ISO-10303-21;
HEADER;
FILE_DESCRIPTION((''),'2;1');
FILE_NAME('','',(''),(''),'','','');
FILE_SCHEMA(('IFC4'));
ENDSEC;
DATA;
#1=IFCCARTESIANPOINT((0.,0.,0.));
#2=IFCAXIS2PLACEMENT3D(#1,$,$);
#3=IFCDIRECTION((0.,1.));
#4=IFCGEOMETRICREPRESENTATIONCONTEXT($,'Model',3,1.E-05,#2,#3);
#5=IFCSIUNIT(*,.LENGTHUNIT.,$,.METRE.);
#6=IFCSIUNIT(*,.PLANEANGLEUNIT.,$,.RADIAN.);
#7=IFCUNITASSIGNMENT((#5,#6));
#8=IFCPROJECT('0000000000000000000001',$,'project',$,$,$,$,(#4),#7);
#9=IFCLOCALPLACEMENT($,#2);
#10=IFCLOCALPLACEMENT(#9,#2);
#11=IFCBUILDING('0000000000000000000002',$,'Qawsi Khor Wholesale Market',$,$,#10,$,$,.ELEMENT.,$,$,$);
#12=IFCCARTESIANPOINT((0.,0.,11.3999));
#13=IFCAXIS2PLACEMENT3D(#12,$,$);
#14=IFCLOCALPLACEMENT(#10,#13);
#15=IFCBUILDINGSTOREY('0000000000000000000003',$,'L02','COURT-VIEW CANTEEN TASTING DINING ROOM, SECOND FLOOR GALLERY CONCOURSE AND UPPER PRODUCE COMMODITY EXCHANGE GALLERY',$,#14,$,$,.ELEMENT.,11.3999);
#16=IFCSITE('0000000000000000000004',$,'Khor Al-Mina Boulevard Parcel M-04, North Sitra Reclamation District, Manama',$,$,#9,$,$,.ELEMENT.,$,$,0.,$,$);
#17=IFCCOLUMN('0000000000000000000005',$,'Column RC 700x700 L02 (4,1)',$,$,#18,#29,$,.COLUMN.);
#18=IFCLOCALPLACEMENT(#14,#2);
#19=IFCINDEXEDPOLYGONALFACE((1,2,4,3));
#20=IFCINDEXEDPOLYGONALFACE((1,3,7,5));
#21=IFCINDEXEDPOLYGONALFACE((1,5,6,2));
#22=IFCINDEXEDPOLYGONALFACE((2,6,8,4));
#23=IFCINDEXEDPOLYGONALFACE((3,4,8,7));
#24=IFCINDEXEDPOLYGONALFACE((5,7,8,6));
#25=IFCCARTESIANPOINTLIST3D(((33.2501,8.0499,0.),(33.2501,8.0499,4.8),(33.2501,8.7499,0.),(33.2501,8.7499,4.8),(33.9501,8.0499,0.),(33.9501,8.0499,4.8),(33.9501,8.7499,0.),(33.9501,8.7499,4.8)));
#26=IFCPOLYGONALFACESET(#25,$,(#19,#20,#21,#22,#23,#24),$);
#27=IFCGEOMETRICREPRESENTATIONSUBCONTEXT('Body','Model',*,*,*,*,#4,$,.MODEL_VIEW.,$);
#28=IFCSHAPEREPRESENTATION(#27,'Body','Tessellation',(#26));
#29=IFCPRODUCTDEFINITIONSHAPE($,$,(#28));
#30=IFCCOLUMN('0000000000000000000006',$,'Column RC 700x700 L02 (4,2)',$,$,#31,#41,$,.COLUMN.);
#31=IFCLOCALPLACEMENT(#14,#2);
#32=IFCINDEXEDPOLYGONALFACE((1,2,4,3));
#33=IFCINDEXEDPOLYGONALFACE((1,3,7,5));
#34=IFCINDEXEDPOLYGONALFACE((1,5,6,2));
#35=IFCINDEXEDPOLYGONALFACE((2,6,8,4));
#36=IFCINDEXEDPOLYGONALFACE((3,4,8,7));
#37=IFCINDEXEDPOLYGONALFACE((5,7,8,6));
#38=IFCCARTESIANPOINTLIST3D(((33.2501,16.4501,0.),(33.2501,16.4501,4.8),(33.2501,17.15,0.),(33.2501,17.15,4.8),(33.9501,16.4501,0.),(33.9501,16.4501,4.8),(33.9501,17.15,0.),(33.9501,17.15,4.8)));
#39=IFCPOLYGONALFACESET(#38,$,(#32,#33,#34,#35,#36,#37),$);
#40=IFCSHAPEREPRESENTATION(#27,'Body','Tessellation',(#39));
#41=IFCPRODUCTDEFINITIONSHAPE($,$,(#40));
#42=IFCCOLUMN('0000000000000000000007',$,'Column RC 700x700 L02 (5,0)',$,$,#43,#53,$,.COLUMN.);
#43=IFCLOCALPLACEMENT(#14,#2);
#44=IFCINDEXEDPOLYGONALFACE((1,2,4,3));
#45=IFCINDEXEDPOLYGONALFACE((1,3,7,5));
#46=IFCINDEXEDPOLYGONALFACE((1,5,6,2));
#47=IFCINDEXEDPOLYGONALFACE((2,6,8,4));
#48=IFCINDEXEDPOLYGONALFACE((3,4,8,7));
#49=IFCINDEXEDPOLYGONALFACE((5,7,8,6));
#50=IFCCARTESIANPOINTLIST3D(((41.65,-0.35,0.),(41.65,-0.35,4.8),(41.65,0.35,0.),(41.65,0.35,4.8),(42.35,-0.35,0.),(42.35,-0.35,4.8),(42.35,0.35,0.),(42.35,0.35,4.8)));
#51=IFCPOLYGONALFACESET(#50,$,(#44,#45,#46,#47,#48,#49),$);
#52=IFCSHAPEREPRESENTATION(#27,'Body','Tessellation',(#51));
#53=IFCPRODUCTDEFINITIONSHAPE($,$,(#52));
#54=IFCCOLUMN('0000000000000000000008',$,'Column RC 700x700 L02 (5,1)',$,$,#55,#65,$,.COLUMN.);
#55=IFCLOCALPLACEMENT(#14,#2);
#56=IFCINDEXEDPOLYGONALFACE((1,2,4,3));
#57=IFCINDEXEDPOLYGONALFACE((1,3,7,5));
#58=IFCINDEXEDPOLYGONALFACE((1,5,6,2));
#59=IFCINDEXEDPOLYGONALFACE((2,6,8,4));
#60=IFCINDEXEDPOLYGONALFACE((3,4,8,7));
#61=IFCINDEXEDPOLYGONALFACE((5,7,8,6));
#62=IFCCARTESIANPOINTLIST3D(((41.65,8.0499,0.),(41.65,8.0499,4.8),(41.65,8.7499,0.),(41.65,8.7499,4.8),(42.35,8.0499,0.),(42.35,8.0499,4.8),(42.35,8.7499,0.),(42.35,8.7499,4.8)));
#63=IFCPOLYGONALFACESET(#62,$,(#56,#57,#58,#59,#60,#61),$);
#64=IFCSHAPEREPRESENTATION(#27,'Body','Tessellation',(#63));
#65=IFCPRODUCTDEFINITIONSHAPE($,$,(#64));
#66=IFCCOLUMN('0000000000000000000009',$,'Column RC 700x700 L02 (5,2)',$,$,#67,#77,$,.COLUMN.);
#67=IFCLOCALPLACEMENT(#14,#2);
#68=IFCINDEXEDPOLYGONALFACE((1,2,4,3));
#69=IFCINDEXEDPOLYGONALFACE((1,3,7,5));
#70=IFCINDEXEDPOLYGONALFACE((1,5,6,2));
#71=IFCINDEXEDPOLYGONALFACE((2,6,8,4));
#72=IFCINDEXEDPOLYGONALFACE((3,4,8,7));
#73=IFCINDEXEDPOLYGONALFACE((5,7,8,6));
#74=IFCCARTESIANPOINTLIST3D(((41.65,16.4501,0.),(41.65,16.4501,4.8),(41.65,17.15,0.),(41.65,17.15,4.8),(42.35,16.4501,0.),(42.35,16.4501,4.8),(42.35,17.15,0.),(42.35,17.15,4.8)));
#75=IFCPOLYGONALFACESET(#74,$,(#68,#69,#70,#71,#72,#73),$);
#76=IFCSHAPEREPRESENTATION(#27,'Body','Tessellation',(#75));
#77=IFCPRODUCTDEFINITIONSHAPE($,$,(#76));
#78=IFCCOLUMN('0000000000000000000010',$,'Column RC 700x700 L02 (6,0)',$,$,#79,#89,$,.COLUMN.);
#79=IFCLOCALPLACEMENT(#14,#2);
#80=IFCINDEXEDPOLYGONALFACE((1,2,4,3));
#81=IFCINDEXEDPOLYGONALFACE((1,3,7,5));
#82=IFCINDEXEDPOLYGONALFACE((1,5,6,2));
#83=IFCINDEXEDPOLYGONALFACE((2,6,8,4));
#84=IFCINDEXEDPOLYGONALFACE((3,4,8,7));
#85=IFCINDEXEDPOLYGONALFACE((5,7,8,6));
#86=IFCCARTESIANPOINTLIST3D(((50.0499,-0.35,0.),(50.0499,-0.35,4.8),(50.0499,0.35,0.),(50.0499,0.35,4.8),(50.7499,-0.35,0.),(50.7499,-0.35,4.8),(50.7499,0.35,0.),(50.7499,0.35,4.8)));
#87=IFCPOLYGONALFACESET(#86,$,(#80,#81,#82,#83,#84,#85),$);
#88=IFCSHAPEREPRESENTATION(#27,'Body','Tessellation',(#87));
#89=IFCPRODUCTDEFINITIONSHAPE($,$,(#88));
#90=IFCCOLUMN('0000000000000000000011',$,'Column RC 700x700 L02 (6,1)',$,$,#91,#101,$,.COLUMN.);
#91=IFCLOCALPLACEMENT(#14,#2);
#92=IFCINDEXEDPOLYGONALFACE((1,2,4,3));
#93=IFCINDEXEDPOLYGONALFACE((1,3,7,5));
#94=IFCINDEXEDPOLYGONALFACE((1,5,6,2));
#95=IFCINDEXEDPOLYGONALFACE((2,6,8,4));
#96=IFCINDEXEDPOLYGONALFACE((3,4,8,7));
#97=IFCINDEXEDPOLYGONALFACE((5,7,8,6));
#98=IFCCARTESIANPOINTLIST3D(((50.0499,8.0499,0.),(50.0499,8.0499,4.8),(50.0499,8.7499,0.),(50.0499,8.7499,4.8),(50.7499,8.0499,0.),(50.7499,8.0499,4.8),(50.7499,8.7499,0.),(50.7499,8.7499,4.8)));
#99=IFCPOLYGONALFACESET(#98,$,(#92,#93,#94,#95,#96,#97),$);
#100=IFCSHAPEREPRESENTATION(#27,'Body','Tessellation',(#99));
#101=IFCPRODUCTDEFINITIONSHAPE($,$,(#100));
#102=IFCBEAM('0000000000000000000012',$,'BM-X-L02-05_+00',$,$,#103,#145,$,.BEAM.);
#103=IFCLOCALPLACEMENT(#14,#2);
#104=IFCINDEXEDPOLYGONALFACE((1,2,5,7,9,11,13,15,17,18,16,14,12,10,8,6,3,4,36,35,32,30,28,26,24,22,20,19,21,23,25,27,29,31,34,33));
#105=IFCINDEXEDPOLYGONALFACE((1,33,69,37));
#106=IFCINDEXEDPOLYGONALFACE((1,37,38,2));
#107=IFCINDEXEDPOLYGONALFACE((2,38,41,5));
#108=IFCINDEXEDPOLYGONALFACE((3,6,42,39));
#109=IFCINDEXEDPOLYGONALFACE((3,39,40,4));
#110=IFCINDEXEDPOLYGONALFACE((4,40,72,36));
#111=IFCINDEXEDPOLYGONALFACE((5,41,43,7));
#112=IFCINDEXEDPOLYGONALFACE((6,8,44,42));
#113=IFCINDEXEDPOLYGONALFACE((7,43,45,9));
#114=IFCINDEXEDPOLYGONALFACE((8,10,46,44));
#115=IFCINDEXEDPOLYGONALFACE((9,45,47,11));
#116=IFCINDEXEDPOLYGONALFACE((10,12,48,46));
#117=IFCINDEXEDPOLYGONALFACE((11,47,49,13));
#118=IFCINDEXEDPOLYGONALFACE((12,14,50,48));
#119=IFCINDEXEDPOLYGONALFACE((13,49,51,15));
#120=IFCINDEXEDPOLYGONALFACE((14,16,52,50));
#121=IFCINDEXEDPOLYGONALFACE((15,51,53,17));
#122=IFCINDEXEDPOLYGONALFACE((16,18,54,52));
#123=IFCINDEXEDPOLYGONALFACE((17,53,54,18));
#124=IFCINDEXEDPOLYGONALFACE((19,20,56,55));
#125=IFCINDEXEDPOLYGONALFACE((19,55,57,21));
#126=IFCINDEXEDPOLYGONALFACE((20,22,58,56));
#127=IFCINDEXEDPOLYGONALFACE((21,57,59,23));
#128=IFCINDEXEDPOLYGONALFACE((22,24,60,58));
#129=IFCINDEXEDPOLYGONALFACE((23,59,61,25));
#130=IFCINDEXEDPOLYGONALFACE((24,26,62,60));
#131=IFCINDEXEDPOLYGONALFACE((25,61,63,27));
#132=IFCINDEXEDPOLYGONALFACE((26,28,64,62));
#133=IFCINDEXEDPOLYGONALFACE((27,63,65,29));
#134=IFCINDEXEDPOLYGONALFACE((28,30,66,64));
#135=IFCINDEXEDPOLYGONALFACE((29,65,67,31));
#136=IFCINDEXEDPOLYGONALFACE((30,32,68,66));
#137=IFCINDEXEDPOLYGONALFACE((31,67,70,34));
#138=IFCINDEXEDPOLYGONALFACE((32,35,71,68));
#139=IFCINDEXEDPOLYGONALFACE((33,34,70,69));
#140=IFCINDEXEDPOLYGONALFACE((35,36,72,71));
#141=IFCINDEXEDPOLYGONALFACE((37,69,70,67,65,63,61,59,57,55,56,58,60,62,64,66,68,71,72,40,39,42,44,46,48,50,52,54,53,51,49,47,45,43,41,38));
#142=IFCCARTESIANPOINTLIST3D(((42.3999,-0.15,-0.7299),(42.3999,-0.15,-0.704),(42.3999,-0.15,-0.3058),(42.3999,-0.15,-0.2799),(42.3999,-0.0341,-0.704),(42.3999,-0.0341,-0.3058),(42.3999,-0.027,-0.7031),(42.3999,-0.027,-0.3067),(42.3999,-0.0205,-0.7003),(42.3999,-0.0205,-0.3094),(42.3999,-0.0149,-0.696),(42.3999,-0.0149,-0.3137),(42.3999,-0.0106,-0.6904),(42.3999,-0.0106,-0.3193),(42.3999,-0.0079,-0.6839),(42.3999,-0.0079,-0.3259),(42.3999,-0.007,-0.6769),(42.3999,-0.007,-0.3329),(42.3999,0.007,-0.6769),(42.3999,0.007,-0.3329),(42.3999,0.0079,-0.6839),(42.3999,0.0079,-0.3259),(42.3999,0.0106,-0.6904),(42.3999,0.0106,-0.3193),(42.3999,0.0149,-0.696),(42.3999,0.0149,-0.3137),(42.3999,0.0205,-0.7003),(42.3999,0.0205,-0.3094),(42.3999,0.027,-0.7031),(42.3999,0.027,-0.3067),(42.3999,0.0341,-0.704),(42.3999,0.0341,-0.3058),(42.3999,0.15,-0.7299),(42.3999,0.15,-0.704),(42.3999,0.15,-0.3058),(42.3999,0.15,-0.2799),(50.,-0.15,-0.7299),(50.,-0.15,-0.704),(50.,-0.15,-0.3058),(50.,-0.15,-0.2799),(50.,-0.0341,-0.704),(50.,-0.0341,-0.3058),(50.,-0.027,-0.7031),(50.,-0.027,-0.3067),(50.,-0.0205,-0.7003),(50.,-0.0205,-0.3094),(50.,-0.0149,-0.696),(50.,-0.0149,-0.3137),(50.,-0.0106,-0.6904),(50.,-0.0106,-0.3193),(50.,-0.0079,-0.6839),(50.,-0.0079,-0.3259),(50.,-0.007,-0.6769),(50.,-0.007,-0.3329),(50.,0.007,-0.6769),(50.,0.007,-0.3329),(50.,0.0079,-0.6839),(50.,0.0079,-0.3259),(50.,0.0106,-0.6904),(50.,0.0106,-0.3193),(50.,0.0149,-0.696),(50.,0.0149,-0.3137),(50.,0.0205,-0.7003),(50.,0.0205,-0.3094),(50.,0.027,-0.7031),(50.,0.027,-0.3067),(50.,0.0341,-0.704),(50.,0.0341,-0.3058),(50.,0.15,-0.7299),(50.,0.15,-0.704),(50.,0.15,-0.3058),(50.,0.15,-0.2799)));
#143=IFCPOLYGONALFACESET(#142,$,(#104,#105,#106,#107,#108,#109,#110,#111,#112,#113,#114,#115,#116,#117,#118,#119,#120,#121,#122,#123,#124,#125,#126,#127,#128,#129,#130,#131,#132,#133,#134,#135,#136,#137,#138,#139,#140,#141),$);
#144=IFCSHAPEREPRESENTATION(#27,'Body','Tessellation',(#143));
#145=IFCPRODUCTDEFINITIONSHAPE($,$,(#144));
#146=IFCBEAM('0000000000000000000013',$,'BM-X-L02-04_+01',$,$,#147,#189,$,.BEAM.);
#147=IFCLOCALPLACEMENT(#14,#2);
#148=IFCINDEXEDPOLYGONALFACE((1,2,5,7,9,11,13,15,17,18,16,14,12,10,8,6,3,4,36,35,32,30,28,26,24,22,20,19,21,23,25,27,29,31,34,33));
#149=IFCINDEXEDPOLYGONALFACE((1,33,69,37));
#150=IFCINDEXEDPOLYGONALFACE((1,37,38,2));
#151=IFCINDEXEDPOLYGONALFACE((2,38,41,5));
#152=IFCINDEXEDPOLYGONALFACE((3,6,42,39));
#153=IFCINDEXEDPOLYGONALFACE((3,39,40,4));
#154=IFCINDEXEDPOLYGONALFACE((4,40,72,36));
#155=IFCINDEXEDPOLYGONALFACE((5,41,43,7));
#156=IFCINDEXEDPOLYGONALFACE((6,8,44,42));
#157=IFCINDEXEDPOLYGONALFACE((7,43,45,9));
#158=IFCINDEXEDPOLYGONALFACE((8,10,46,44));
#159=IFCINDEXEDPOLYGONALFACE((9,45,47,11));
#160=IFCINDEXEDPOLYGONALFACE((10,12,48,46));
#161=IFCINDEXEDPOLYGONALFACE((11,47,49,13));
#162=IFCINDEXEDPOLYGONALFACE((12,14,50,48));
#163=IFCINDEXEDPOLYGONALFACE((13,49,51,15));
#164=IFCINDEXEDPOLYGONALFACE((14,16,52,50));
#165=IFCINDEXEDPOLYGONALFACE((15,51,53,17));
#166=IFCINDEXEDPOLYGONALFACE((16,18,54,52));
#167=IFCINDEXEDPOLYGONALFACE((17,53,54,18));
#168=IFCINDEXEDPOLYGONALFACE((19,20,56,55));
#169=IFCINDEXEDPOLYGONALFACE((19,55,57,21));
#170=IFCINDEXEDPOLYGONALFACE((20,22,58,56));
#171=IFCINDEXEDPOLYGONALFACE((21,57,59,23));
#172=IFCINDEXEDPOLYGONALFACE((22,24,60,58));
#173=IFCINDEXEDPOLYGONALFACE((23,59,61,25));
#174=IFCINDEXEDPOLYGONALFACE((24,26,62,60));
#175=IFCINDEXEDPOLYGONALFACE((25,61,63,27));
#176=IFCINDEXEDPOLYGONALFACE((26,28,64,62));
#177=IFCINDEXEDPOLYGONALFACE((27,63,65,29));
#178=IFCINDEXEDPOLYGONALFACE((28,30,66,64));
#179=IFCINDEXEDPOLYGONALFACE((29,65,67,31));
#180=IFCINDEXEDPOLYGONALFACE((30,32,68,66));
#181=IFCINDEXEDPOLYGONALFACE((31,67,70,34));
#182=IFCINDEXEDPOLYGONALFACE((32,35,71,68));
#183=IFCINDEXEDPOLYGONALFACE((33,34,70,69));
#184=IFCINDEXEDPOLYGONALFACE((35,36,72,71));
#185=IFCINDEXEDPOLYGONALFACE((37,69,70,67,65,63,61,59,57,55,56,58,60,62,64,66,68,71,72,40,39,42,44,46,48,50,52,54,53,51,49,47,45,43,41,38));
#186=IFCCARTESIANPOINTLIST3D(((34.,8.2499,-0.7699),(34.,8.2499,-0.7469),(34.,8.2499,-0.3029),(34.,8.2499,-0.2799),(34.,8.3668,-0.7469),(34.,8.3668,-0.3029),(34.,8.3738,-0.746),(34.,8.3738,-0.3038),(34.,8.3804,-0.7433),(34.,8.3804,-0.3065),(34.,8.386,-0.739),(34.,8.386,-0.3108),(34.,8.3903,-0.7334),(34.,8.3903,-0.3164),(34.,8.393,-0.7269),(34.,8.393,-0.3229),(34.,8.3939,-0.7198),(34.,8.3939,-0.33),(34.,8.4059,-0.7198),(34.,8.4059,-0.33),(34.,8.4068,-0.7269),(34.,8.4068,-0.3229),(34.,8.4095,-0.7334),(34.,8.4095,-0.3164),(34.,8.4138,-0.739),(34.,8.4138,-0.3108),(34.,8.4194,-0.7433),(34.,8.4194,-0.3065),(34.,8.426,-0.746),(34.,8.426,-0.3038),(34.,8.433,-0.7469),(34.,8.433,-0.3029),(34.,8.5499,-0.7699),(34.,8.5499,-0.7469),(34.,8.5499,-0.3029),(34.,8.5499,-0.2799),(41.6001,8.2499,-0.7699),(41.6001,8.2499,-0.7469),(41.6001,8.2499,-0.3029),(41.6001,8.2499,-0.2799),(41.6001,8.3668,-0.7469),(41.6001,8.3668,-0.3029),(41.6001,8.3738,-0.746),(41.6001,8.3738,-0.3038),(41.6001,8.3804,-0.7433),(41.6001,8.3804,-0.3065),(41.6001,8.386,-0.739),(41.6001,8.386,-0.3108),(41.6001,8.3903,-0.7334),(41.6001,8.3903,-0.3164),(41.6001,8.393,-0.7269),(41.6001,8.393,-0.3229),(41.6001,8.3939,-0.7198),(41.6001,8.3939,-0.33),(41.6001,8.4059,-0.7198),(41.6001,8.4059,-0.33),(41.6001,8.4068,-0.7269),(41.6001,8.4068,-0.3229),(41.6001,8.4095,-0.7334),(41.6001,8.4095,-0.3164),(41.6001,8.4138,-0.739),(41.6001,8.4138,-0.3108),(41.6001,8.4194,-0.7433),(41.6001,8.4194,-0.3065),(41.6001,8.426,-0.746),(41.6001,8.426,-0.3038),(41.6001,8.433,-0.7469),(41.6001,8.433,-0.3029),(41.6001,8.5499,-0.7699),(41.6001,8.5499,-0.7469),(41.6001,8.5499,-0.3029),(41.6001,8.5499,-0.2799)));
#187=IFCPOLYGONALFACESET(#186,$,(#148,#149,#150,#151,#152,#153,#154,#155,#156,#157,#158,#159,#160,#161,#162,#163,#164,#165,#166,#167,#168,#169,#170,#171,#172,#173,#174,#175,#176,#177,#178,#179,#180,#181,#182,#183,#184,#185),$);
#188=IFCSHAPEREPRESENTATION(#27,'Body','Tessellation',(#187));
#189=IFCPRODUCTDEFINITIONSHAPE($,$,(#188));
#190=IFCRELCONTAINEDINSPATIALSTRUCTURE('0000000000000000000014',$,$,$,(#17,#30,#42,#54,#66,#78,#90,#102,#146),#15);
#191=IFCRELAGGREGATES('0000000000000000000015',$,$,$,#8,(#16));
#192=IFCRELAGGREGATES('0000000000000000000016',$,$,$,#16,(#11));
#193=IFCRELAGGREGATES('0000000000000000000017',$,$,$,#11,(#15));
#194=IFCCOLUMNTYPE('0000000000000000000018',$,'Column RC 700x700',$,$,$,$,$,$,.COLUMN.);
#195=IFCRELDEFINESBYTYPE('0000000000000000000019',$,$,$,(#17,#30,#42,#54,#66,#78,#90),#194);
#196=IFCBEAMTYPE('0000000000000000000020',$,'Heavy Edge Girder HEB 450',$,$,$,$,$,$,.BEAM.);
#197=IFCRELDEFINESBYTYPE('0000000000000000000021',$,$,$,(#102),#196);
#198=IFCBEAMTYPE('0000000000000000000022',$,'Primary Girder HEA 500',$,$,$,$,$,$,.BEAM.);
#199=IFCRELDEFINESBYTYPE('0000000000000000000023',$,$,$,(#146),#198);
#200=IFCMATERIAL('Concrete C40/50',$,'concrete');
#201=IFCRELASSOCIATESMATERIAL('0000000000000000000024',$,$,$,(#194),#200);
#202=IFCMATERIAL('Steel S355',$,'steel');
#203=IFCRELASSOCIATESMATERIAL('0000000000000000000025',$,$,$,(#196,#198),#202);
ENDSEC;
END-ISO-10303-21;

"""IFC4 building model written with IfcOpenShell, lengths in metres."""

from ifc_helpers import new_model, si_unit, direction, frame, origin, origin_2d, place, context, subcontext, project, spatial, rectangle, i_section, extrude, material, material_profile, profile_set, type_object, element, save


model = new_model("IFC4")

# Units and contexts
model_context = context("Model", 3, precision=1e-05, world=origin(), true_north=direction((0.0, 1.0)))
body_context = subcontext(model_context, "Body", "Model", "MODEL_VIEW")
ifc_project = project(units=[si_unit("LENGTHUNIT", "METRE"), si_unit("PLANEANGLEUNIT", "RADIAN")], contexts=[model_context])

# Site, building, storey
site_placement = place(None, origin())
site = spatial("IfcSite", under=ifc_project, at=site_placement, Name="Khor Al-Mina Boulevard Parcel M-04, North Sitra Reclamation District, Manama", CompositionType="ELEMENT", RefElevation=0.0)
building_placement = place(site_placement, origin())
building = spatial("IfcBuilding", under=site, at=building_placement, Name="Qawsi Khor Wholesale Market", CompositionType="ELEMENT")
storey_placement = place(building_placement, frame((0.0, 0.0, 11.3999)))
storey = spatial("IfcBuildingStorey", under=building, at=storey_placement, Name="L02", Description="COURT-VIEW CANTEEN TASTING DINING ROOM, SECOND FLOOR GALLERY CONCOURSE AND UPPER PRODUCE COMMODITY EXCHANGE GALLERY", CompositionType="ELEMENT", Elevation=11.3999)

# Columns
ifc_material_1 = material(Name="Concrete C40/50", Category="concrete")
ifc_material_profile_1 = material_profile(ifc_material_1, rectangle(XDim=0.7, YDim=0.7, at=origin_2d()), Name="RC 700x700")
ifc_profile_set_1 = profile_set([ifc_material_profile_1], Name="Concrete C40/50")
column_type = type_object("IfcColumnType", Name="Column RC 700x700", PredefinedType="COLUMN", material=ifc_profile_set_1)
for number, where, z_axis, x_axis, name in (
    (1, (33.6001, 8.3999, 0.0), (0.0, 0.0, 1.0), (1.0, 0.0, 0.0), "Column RC 700x700 L02 (4,1)"),
    (2, (33.6001, 16.8, 0.0), (0.0, 0.0, 1.0), (1.0, 0.0, 0.0), "Column RC 700x700 L02 (4,2)"),
    (3, (42.0, 0.0, 0.0), (0.0, 0.0, 1.0), (1.0, 0.0, 0.0), "Column RC 700x700 L02 (5,0)"),
    (4, (42.0, 8.3999, 0.0), (0.0, 0.0, 1.0), (1.0, 0.0, 0.0), "Column RC 700x700 L02 (5,1)"),
    (5, (42.0, 16.8, 0.0), (0.0, 0.0, 1.0), (1.0, 0.0, 0.0), "Column RC 700x700 L02 (5,2)"),
    (6, (50.3999, 0.0, 0.0), (0.0, 0.0, 1.0), (1.0, 0.0, 0.0), "Column RC 700x700 L02 (6,0)"),
    (7, (50.3999, 8.3999, 0.0), (0.0, 0.0, 1.0), (1.0, 0.0, 0.0), "Column RC 700x700 L02 (6,1)"),
):
    element("IfcColumn", number, at=place(storey_placement, frame(where, z_axis=z_axis, x_axis=x_axis)), inside=storey, type_object=column_type, Name=name, PredefinedType="COLUMN", context=body_context, shape_type="SweptSolid", body=[
        extrude(rectangle(XDim=0.7, YDim=0.7, at=origin_2d()), origin(), (0.0, 0.0, 1.0), 4.8),
    ])

# Beams
ifc_material_2 = material(Name="Steel S355", Category="steel")
ifc_material_profile_2 = material_profile(ifc_material_2, i_section(OverallWidth=0.3, OverallDepth=0.45, WebThickness=0.0139, FlangeThickness=0.0259, FilletRadius=0.0271, at=origin_2d()), Name="HEB 450")
ifc_profile_set_2 = profile_set([ifc_material_profile_2], Name="Steel S355")
beam_type_1 = type_object("IfcBeamType", Name="Heavy Edge Girder HEB 450", PredefinedType="BEAM", material=ifc_profile_set_2)
beam_1_placement = place(storey_placement, frame((42.3999, 0.0, -0.5049), z_axis=(1.0, 0.0, 0.0), x_axis=(0.0, 1.0, 0.0)))
element("IfcBeam", 8, at=beam_1_placement, inside=storey, type_object=beam_type_1, Name="BM-X-L02-05_+00", PredefinedType="BEAM", context=body_context, shape_type="SweptSolid", body=[
    extrude(i_section(OverallWidth=0.3, OverallDepth=0.45, WebThickness=0.0139, FlangeThickness=0.0259, FilletRadius=0.0271, at=origin_2d()), origin(), (0.0, 0.0, 1.0), 7.6001),
])
ifc_material_profile_3 = material_profile(ifc_material_2, i_section(OverallWidth=0.3, OverallDepth=0.49, WebThickness=0.012, FlangeThickness=0.0229, FilletRadius=0.0271, at=origin_2d()), Name="HEA 500")
ifc_profile_set_3 = profile_set([ifc_material_profile_3], Name="Steel S355")
beam_type_2 = type_object("IfcBeamType", Name="Primary Girder HEA 500", PredefinedType="BEAM", material=ifc_profile_set_3)
for number, where, z_axis, x_axis, name in (
    (9, (34.0, 8.3999, -0.5249), (1.0, 0.0, 0.0), (0.0, 1.0, 0.0), "BM-X-L02-04_+01"),
):
    element("IfcBeam", number, at=place(storey_placement, frame(where, z_axis=z_axis, x_axis=x_axis)), inside=storey, type_object=beam_type_2, Name=name, PredefinedType="BEAM", context=body_context, shape_type="SweptSolid", body=[
        extrude(i_section(OverallWidth=0.3, OverallDepth=0.49, WebThickness=0.012, FlangeThickness=0.0229, FilletRadius=0.0271, at=origin_2d()), origin(), (0.0, 0.0, 1.0), 7.6001),
    ])

save(model, "model.ifc")
